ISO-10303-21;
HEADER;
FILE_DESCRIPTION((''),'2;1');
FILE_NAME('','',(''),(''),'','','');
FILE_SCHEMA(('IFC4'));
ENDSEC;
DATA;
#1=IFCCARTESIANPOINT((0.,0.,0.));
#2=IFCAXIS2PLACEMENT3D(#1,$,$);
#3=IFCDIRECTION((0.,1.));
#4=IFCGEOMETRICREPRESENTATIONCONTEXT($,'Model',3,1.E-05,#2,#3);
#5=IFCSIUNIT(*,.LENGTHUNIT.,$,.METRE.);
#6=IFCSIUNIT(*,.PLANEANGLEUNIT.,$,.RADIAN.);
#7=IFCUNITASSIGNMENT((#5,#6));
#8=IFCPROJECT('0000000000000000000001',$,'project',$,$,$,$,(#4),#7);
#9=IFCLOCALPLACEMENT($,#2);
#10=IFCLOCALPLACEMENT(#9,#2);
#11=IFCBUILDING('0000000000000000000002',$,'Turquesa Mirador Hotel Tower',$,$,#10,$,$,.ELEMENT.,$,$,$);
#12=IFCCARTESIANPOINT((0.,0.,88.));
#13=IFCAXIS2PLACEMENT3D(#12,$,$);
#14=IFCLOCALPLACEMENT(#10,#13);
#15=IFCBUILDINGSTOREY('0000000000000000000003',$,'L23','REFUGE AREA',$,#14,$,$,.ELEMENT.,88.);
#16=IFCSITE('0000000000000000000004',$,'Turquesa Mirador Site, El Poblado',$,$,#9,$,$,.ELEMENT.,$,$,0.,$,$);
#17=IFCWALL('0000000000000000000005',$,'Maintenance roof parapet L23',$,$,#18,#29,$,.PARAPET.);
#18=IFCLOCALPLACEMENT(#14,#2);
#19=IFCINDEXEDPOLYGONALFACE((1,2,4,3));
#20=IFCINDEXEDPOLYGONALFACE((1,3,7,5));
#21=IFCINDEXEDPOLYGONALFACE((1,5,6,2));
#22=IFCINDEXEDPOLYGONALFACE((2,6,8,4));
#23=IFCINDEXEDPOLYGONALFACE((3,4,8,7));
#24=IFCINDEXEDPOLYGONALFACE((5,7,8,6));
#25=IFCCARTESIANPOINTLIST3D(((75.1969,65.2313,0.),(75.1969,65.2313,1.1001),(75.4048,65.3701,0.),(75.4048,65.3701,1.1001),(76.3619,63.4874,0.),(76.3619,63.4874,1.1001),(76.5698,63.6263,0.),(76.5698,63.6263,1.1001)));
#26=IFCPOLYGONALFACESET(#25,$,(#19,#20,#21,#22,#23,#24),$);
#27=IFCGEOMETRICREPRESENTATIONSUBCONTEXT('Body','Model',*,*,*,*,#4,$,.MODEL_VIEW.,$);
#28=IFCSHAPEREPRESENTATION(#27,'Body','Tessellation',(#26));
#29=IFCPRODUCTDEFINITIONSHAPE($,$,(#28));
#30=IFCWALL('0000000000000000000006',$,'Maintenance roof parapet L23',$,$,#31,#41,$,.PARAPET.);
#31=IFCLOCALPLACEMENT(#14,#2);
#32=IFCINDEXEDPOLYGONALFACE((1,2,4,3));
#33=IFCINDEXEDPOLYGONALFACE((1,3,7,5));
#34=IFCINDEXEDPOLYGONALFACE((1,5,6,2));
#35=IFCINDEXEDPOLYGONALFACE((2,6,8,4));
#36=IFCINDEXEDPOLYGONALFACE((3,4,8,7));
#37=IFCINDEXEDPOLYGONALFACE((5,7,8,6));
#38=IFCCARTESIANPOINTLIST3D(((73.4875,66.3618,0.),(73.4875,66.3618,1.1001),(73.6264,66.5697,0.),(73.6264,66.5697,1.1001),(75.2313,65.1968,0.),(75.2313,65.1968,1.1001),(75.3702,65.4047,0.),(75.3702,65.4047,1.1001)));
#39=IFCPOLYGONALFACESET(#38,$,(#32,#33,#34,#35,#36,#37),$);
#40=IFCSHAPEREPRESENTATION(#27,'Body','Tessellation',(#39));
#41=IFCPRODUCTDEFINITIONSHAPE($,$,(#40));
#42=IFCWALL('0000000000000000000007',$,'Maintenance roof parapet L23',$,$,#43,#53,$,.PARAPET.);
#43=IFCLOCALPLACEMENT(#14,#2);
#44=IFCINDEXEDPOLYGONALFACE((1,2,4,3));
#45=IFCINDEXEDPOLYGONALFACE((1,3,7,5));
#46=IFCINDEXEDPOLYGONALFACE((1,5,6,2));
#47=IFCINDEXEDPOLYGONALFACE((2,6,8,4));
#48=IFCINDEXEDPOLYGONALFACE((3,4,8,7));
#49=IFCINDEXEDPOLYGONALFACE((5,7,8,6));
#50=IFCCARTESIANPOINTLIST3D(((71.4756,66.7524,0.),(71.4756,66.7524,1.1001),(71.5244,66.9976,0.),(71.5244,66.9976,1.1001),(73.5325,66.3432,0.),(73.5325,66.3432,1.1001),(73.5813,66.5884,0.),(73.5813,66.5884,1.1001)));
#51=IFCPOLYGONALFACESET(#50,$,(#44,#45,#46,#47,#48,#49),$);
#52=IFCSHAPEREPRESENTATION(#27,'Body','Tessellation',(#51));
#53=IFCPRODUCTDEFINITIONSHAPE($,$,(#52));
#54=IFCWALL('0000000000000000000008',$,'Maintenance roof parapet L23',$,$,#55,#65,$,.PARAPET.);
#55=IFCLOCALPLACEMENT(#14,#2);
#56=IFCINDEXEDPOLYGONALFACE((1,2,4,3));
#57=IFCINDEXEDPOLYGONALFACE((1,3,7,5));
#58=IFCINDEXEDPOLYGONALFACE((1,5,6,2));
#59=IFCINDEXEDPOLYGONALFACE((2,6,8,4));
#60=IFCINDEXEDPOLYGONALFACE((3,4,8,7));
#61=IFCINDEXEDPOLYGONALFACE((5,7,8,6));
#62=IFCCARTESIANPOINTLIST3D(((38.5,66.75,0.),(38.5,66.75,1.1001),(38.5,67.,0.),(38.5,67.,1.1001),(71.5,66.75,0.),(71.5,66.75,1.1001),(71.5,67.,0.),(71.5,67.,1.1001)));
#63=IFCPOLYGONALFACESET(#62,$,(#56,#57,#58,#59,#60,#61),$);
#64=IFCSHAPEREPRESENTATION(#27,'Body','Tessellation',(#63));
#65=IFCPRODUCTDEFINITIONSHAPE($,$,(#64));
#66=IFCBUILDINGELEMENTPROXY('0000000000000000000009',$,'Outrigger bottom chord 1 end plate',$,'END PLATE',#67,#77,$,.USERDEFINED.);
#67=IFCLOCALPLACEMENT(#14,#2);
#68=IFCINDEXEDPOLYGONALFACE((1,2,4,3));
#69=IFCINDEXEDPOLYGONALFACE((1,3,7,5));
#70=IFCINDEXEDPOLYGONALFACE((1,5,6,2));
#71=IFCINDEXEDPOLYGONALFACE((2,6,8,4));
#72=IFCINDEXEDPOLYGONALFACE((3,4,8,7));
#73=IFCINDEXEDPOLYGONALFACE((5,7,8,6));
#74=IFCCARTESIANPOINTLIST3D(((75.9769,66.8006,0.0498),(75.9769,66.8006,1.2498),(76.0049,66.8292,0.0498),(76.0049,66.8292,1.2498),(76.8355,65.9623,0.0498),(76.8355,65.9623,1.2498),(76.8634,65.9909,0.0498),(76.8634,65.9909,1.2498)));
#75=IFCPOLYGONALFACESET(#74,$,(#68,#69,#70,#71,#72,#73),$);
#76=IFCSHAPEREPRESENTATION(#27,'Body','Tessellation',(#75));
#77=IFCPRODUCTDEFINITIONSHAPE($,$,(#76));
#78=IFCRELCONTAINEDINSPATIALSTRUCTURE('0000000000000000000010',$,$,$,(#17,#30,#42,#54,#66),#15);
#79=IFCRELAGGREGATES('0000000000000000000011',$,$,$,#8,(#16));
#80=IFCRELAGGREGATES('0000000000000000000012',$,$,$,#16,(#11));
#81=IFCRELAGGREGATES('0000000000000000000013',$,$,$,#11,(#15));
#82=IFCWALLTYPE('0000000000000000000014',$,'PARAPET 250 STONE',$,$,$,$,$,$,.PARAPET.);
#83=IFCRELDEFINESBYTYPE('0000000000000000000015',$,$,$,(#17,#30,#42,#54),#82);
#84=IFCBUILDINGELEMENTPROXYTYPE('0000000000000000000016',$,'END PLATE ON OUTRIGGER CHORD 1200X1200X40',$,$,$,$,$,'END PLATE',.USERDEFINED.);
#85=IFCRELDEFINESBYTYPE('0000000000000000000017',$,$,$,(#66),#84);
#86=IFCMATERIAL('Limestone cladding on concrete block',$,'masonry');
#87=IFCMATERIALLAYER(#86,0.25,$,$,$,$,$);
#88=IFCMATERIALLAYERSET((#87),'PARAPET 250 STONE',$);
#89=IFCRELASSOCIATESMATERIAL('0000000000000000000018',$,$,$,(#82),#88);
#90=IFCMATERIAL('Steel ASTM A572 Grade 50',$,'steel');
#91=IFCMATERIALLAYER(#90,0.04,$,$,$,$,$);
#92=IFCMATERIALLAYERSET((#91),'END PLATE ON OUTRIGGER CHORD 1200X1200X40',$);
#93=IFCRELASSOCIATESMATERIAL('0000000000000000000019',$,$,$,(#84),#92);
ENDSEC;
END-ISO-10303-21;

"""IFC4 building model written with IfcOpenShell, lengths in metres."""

from ifc_helpers import new_model, si_unit, direction, frame, frame_2d, origin, origin_2d, place, context, subcontext, project, spatial, rectangle, extrude, material, layer, layer_set, type_object, element, save


model = new_model("IFC4")

# Units and contexts
model_context = context("Model", 3, precision=1e-05, world=origin(), true_north=direction((0.0, 1.0)))
body_context = subcontext(model_context, "Body", "Model", "MODEL_VIEW")
ifc_project = project(units=[si_unit("LENGTHUNIT", "METRE"), si_unit("PLANEANGLEUNIT", "RADIAN")], contexts=[model_context])

# Site, building, storey
site_placement = place(None, origin())
site = spatial("IfcSite", under=ifc_project, at=site_placement, Name="Turquesa Mirador Site, El Poblado", CompositionType="ELEMENT", RefElevation=0.0)
building_placement = place(site_placement, origin())
building = spatial("IfcBuilding", under=site, at=building_placement, Name="Turquesa Mirador Hotel Tower", CompositionType="ELEMENT")
storey_placement = place(building_placement, frame((0.0, 0.0, 88.0)))
storey = spatial("IfcBuildingStorey", under=building, at=storey_placement, Name="L23", Description="REFUGE AREA", CompositionType="ELEMENT", Elevation=88.0)

# Walls
ifc_material_1 = material(Name="Limestone cladding on concrete block", Category="masonry")
ifc_layer_1 = layer(ifc_material_1, 0.25)
ifc_layer_set_1 = layer_set([ifc_layer_1], Name="PARAPET 250 STONE")
wall_type_1 = type_object("IfcWallType", Name="PARAPET 250 STONE", PredefinedType="PARAPET", material=ifc_layer_set_1)
for number, where, z_axis, x_axis, name in (
    (1, (76.4658, 63.5569, 0.0), (0.0, 0.0, 1.0), (-0.555506, 0.831513, 0.0), "Maintenance roof parapet L23"),
    (2, (75.3008, 65.3008, 0.0), (0.0, 0.0, 1.0), (-0.831513, 0.555506, 0.0), "Maintenance roof parapet L23"),
    (3, (73.5569, 66.4658, 0.0), (0.0, 0.0, 1.0), (-0.980782, 0.195109, 0.0), "Maintenance roof parapet L23"),
):
    element("IfcWall", number, at=place(storey_placement, frame(where, z_axis=z_axis, x_axis=x_axis)), inside=storey, type_object=wall_type_1, Name=name, PredefinedType="PARAPET", context=body_context, shape_type="SweptSolid", body=[
        extrude(rectangle(XDim=2.0972, YDim=0.25, at=frame_2d((1.0486, 0.0))), origin(), (0.0, 0.0, 1.0), 1.1001),
    ])
wall_1_placement = place(storey_placement, frame((71.5, 66.875, 0.0), z_axis=(0.0, 0.0, 1.0), x_axis=(-1.0, 0.0, 0.0)))
element("IfcWall", 4, at=wall_1_placement, inside=storey, type_object=wall_type_1, Name="Maintenance roof parapet L23", PredefinedType="PARAPET", context=body_context, shape_type="SweptSolid", body=[
    extrude(rectangle(XDim=33.0, YDim=0.25, at=frame_2d((16.5, 0.0))), origin(), (0.0, 0.0, 1.0), 1.1001),
])

# Building element proxy
ifc_material_2 = material(Name="Steel ASTM A572 Grade 50", Category="steel")
ifc_layer_2 = layer(ifc_material_2, 0.04)
ifc_layer_set_2 = layer_set([ifc_layer_2], Name="END PLATE ON OUTRIGGER CHORD 1200X1200X40")
building_element_proxy_type = type_object("IfcBuildingElementProxyType", Name="END PLATE ON OUTRIGGER CHORD 1200X1200X40", ElementType="END PLATE", PredefinedType="USERDEFINED", material=ifc_layer_set_2)
proxy_placement = place(storey_placement, frame((76.4202, 66.3958, 0.0498), z_axis=(0.0, 0.0, 1.0), x_axis=(0.698627, 0.715486, 0.0)))
element("IfcBuildingElementProxy", 5, at=proxy_placement, inside=storey, type_object=building_element_proxy_type, Name="Outrigger bottom chord 1 end plate", ObjectType="END PLATE", PredefinedType="USERDEFINED", context=body_context, shape_type="SweptSolid", body=[
    extrude(rectangle(XDim=0.04, YDim=1.2, at=origin_2d()), origin(), (0.0, 0.0, 1.0), 1.2),
])

save(model, "model.ifc")
